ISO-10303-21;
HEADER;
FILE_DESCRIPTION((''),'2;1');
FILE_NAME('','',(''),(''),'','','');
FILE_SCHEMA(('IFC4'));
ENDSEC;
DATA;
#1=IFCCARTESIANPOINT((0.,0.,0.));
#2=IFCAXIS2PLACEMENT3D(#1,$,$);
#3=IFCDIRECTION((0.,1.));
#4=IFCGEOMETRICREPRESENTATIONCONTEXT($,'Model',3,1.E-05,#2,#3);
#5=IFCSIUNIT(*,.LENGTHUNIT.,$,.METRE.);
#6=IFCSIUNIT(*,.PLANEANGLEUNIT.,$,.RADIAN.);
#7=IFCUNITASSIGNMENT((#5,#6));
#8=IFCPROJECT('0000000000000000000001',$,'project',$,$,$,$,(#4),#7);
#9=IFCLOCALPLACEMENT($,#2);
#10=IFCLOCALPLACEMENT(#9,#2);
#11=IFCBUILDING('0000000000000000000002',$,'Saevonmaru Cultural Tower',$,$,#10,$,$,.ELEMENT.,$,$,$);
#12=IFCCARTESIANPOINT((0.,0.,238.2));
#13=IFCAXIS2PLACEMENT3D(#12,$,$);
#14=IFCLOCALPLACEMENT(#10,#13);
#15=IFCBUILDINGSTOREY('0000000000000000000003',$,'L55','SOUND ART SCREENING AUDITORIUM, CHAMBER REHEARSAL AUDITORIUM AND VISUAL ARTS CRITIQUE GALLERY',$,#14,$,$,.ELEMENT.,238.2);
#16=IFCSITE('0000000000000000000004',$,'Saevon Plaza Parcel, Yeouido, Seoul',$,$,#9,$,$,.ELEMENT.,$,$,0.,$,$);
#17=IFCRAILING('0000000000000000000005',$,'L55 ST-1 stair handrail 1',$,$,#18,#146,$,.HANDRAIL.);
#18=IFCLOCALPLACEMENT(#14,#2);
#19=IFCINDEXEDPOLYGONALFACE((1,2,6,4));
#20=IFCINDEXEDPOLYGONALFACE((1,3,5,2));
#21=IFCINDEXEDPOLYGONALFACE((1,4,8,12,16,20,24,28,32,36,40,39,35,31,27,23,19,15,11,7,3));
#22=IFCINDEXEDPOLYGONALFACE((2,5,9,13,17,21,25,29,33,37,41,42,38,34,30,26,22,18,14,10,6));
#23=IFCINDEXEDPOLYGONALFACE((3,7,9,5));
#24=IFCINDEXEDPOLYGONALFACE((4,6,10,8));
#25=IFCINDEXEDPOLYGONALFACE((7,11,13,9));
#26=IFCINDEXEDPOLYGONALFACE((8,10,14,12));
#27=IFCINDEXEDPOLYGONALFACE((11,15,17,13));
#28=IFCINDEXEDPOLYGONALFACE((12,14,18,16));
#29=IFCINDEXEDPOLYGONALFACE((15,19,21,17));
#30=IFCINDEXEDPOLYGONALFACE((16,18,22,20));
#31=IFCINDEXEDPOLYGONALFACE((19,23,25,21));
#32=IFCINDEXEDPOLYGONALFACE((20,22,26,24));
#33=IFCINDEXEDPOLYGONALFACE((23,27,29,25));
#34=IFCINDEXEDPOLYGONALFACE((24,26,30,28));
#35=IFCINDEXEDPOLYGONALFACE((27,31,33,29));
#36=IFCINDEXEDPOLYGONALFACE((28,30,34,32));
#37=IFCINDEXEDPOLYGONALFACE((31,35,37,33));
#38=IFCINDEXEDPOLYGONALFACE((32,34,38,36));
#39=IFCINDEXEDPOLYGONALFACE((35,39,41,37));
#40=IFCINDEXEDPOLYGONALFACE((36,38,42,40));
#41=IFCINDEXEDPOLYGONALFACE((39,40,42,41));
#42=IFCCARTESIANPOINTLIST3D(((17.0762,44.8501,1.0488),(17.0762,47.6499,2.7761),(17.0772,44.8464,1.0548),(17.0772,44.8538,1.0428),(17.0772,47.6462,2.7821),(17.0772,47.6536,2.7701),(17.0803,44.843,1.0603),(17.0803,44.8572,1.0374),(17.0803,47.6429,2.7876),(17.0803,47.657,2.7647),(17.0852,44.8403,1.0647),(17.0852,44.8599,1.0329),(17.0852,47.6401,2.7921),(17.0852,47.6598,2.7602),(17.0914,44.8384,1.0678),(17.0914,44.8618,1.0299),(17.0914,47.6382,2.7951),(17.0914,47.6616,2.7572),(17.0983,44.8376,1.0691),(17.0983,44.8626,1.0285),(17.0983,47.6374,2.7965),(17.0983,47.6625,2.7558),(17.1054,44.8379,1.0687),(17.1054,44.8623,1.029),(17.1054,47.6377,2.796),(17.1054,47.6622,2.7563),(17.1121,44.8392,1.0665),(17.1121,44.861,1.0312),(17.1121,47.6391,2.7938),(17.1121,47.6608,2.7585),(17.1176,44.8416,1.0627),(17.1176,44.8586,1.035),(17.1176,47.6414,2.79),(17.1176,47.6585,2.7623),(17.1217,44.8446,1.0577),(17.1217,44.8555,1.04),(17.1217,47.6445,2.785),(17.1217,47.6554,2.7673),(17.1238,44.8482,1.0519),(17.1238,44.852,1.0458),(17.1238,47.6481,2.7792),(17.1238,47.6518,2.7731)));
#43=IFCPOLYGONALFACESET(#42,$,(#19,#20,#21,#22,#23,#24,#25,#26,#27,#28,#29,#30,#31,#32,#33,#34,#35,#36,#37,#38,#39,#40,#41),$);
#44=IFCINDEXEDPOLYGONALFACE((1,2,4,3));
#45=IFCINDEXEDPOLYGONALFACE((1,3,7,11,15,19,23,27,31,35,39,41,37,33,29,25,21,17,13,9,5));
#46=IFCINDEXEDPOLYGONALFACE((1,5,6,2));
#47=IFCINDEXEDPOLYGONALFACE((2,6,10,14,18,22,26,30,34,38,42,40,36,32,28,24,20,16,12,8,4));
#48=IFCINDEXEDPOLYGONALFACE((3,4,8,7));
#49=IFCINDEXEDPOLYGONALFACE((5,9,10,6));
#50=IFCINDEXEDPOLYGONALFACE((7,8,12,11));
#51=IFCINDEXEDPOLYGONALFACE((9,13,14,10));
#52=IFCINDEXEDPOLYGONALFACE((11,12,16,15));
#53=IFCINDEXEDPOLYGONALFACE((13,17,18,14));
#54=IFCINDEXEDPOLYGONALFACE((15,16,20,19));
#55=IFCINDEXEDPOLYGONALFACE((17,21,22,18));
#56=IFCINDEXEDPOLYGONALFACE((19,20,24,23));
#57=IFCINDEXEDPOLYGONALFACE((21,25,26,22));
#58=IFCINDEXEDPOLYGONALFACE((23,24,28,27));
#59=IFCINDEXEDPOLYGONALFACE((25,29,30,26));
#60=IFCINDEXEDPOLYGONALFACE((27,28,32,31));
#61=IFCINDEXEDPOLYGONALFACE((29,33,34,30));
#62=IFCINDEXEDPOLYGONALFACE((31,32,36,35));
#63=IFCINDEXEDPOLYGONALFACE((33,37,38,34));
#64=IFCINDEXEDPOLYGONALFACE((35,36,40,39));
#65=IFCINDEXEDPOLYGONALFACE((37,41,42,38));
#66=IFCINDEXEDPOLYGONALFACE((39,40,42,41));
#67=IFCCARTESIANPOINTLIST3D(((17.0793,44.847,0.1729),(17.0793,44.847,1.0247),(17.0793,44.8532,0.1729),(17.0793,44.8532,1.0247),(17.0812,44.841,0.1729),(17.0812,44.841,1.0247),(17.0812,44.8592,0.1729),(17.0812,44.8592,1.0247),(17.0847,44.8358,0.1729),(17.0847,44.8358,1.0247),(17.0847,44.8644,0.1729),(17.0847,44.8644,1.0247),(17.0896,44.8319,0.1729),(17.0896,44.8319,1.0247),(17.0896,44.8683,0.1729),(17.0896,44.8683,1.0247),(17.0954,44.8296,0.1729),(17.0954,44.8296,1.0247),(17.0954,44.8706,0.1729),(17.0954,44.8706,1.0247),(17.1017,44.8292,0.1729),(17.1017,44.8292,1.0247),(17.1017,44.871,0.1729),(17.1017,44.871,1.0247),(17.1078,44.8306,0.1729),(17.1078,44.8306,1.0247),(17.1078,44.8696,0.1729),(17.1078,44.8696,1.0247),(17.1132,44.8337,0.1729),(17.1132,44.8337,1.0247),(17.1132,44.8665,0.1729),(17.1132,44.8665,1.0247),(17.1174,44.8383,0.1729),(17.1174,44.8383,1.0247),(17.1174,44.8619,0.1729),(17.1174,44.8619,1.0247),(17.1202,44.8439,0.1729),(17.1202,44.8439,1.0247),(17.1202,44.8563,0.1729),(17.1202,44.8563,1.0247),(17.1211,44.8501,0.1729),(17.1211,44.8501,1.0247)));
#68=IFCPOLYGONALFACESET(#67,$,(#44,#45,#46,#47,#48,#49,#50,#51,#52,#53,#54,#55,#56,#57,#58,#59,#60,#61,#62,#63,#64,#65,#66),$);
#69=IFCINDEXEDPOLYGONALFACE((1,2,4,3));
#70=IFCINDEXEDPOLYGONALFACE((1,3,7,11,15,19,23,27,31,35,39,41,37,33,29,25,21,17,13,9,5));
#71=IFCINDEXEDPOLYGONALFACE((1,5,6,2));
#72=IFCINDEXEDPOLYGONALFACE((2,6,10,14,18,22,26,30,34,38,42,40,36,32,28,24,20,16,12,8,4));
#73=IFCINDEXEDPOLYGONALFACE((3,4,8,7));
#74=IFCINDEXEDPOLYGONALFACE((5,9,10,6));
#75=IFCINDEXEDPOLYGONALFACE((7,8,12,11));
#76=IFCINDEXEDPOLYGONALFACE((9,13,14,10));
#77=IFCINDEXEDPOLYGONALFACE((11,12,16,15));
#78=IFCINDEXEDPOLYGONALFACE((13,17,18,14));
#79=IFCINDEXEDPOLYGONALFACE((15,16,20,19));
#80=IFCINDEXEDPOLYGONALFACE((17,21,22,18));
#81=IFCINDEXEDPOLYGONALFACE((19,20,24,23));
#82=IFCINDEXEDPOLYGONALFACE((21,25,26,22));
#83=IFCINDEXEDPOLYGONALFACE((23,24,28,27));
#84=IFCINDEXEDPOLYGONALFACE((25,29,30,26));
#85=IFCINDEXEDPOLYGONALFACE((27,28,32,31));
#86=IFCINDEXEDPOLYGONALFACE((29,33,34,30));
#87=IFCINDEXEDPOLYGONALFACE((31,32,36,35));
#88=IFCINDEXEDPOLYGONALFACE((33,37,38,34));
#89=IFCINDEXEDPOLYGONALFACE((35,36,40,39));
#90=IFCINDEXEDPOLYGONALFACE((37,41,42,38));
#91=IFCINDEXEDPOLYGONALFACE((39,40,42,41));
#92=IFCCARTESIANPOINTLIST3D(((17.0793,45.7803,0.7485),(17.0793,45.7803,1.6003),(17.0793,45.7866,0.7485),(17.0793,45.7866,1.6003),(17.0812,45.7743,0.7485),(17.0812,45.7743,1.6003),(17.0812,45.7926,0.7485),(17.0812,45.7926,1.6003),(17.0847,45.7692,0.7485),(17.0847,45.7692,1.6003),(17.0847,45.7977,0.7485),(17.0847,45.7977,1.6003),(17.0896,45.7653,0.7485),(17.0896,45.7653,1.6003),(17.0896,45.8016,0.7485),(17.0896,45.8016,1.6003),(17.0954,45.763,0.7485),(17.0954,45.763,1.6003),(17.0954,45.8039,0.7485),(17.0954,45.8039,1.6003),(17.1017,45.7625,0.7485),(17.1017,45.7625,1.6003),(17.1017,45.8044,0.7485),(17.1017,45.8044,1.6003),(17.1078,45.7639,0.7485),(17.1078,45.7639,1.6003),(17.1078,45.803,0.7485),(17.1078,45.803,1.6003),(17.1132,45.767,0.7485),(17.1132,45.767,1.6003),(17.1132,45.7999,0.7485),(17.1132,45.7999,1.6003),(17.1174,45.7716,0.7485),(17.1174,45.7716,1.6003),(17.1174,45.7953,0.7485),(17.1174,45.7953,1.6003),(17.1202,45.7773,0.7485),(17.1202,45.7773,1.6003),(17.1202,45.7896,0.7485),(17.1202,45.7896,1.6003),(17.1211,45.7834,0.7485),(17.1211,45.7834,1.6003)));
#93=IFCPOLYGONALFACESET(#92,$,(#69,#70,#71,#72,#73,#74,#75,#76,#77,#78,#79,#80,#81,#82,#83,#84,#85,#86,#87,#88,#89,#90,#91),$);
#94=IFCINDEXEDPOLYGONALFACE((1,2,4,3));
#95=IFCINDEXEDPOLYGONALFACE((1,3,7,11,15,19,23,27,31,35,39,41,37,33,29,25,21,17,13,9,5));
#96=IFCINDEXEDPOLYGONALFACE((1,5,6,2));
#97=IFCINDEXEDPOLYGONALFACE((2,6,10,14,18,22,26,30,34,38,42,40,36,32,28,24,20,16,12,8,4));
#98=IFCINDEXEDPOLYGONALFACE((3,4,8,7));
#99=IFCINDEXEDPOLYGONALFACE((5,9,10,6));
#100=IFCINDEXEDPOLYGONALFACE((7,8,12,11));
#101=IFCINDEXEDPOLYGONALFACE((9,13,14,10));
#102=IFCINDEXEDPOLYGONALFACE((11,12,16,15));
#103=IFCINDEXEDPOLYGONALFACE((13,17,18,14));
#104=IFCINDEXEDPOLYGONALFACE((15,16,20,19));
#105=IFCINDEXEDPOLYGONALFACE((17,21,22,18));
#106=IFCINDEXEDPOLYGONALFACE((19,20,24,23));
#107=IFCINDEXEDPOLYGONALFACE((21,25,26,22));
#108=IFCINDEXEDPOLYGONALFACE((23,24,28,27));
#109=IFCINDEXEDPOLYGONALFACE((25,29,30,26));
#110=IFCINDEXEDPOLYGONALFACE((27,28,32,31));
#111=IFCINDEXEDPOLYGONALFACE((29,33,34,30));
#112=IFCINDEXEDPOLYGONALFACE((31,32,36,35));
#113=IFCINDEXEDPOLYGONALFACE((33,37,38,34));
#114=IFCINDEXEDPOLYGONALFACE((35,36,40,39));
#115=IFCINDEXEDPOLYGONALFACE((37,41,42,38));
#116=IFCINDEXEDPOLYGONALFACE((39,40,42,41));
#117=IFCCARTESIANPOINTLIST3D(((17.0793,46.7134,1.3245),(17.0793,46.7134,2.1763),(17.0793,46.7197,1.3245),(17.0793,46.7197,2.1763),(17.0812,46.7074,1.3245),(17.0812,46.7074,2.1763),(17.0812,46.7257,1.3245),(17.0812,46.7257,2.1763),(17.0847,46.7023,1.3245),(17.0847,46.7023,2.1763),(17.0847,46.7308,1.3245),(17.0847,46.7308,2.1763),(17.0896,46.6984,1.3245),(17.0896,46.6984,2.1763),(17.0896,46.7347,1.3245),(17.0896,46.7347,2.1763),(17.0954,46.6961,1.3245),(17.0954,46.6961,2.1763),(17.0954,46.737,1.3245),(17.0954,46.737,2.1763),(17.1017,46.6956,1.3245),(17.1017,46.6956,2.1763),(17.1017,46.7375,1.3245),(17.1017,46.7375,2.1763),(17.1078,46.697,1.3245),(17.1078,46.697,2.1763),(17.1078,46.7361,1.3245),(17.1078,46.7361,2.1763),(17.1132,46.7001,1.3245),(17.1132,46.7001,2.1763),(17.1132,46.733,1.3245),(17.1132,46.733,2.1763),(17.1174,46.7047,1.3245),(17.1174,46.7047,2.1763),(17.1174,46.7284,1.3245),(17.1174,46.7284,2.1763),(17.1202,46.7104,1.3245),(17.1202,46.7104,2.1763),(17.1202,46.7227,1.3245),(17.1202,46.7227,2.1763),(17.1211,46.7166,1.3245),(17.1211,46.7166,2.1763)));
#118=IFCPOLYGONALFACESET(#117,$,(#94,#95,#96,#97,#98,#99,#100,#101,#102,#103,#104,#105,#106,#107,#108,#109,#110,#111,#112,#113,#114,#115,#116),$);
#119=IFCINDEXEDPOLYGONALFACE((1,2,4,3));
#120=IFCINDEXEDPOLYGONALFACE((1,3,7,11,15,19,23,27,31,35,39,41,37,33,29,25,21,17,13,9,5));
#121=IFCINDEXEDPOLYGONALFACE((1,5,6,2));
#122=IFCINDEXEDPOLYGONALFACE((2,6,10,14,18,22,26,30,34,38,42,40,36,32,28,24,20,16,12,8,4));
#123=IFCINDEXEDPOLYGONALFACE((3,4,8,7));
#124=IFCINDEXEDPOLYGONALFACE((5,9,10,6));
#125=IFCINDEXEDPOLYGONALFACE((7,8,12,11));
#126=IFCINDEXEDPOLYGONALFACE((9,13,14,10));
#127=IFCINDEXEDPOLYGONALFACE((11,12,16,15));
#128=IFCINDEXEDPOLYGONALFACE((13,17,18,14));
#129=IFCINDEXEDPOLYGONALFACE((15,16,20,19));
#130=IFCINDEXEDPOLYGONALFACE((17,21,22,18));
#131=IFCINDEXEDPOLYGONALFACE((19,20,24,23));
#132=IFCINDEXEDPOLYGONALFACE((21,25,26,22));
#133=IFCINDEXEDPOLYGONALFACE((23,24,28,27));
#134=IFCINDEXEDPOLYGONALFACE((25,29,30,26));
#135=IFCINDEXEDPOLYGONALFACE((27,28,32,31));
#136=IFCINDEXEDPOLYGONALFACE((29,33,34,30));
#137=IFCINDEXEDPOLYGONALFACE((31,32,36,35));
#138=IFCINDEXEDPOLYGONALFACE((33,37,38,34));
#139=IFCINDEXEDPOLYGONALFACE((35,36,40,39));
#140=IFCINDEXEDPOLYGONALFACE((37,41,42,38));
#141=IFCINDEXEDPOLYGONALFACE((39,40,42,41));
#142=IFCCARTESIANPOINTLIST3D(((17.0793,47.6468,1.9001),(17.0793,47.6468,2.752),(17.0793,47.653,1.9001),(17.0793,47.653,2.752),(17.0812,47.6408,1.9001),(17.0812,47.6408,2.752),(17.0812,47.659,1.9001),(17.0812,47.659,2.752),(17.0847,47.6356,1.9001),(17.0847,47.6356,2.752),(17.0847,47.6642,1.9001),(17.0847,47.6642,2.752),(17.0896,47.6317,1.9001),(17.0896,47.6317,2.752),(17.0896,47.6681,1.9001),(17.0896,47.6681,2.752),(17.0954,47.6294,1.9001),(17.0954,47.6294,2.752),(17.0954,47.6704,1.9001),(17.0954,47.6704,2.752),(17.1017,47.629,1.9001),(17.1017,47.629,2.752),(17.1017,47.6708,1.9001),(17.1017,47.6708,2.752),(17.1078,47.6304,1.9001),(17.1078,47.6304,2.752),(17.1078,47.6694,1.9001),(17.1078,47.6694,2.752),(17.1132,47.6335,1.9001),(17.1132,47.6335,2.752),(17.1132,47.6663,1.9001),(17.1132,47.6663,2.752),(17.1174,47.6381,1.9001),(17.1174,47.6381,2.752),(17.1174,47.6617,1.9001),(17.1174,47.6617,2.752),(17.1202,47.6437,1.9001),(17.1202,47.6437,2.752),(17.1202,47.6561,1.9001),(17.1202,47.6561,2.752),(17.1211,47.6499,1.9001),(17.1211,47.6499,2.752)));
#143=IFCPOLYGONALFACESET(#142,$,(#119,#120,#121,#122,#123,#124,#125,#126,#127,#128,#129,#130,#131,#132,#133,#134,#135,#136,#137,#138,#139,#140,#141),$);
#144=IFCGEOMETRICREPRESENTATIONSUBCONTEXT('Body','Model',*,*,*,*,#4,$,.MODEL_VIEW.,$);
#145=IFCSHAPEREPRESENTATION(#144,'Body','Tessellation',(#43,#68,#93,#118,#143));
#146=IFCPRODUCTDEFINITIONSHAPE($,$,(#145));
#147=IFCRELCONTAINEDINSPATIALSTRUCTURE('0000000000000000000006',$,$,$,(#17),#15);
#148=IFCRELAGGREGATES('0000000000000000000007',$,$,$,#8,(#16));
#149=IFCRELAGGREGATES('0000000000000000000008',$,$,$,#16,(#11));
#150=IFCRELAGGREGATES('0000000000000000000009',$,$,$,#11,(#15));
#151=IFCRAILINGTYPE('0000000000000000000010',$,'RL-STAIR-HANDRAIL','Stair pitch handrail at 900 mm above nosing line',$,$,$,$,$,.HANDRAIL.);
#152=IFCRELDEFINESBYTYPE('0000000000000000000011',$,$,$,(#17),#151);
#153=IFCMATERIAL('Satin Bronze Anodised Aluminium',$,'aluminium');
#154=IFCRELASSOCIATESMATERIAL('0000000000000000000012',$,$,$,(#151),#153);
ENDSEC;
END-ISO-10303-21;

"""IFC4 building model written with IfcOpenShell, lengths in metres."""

from ifc_helpers import new_model, si_unit, direction, frame, origin, origin_2d, place, context, subcontext, project, spatial, circle, extrude, material, type_object, element, save


model = new_model("IFC4")

# Units and contexts
model_context = context("Model", 3, precision=1e-05, world=origin(), true_north=direction((0.0, 1.0)))
body_context = subcontext(model_context, "Body", "Model", "MODEL_VIEW")
ifc_project = project(units=[si_unit("LENGTHUNIT", "METRE"), si_unit("PLANEANGLEUNIT", "RADIAN")], contexts=[model_context])

# Site, building, storey
site_placement = place(None, origin())
site = spatial("IfcSite", under=ifc_project, at=site_placement, Name="Saevon Plaza Parcel, Yeouido, Seoul", CompositionType="ELEMENT", RefElevation=0.0)
building_placement = place(site_placement, origin())
building = spatial("IfcBuilding", under=site, at=building_placement, Name="Saevonmaru Cultural Tower", CompositionType="ELEMENT")
storey_placement = place(building_placement, frame((0.0, 0.0, 238.2)))
storey = spatial("IfcBuildingStorey", under=building, at=storey_placement, Name="L55", Description="SOUND ART SCREENING AUDITORIUM, CHAMBER REHEARSAL AUDITORIUM AND VISUAL ARTS CRITIQUE GALLERY", CompositionType="ELEMENT", Elevation=238.2)

# Shared definitions
ifc_material_1 = material(Name="Satin Bronze Anodised Aluminium", Category="aluminium")

# Railing
railing_type_1 = type_object("IfcRailingType", Name="RL-STAIR-HANDRAIL", Description="Stair pitch handrail at 900 mm above nosing line", PredefinedType="HANDRAIL", material=ifc_material_1)
railing_1_placement = place(storey_placement, frame((17.1001, 44.8501, 0.1729)))
element("IfcRailing", 1, at=railing_1_placement, inside=storey, type_object=railing_type_1, Name="L55 ST-1 stair handrail 1", PredefinedType="HANDRAIL", context=body_context, shape_type="SweptSolid", body=[
    extrude(circle(Radius=0.0239, at=origin_2d()), frame((0.0, 0.0, 0.876), z_axis=(0.0, 0.851069, 0.525054), x_axis=(-1.0, 0.0, 0.0)), (0.0, 0.0, 1.0), 3.2898),
    extrude(circle(Radius=0.021, at=origin_2d()), origin(), (0.0, 0.0, 1.0), 0.8518),
    extrude(circle(Radius=0.021, at=origin_2d()), frame((0.0, 0.9333, 0.5757)), (0.0, 0.0, 1.0), 0.8518),
    extrude(circle(Radius=0.021, at=origin_2d()), frame((0.0, 1.8665, 1.1516)), (0.0, 0.0, 1.0), 0.8518),
    extrude(circle(Radius=0.021, at=origin_2d()), frame((0.0, 2.7998, 1.7273)), (0.0, 0.0, 1.0), 0.8518),
])

save(model, "model.ifc")
